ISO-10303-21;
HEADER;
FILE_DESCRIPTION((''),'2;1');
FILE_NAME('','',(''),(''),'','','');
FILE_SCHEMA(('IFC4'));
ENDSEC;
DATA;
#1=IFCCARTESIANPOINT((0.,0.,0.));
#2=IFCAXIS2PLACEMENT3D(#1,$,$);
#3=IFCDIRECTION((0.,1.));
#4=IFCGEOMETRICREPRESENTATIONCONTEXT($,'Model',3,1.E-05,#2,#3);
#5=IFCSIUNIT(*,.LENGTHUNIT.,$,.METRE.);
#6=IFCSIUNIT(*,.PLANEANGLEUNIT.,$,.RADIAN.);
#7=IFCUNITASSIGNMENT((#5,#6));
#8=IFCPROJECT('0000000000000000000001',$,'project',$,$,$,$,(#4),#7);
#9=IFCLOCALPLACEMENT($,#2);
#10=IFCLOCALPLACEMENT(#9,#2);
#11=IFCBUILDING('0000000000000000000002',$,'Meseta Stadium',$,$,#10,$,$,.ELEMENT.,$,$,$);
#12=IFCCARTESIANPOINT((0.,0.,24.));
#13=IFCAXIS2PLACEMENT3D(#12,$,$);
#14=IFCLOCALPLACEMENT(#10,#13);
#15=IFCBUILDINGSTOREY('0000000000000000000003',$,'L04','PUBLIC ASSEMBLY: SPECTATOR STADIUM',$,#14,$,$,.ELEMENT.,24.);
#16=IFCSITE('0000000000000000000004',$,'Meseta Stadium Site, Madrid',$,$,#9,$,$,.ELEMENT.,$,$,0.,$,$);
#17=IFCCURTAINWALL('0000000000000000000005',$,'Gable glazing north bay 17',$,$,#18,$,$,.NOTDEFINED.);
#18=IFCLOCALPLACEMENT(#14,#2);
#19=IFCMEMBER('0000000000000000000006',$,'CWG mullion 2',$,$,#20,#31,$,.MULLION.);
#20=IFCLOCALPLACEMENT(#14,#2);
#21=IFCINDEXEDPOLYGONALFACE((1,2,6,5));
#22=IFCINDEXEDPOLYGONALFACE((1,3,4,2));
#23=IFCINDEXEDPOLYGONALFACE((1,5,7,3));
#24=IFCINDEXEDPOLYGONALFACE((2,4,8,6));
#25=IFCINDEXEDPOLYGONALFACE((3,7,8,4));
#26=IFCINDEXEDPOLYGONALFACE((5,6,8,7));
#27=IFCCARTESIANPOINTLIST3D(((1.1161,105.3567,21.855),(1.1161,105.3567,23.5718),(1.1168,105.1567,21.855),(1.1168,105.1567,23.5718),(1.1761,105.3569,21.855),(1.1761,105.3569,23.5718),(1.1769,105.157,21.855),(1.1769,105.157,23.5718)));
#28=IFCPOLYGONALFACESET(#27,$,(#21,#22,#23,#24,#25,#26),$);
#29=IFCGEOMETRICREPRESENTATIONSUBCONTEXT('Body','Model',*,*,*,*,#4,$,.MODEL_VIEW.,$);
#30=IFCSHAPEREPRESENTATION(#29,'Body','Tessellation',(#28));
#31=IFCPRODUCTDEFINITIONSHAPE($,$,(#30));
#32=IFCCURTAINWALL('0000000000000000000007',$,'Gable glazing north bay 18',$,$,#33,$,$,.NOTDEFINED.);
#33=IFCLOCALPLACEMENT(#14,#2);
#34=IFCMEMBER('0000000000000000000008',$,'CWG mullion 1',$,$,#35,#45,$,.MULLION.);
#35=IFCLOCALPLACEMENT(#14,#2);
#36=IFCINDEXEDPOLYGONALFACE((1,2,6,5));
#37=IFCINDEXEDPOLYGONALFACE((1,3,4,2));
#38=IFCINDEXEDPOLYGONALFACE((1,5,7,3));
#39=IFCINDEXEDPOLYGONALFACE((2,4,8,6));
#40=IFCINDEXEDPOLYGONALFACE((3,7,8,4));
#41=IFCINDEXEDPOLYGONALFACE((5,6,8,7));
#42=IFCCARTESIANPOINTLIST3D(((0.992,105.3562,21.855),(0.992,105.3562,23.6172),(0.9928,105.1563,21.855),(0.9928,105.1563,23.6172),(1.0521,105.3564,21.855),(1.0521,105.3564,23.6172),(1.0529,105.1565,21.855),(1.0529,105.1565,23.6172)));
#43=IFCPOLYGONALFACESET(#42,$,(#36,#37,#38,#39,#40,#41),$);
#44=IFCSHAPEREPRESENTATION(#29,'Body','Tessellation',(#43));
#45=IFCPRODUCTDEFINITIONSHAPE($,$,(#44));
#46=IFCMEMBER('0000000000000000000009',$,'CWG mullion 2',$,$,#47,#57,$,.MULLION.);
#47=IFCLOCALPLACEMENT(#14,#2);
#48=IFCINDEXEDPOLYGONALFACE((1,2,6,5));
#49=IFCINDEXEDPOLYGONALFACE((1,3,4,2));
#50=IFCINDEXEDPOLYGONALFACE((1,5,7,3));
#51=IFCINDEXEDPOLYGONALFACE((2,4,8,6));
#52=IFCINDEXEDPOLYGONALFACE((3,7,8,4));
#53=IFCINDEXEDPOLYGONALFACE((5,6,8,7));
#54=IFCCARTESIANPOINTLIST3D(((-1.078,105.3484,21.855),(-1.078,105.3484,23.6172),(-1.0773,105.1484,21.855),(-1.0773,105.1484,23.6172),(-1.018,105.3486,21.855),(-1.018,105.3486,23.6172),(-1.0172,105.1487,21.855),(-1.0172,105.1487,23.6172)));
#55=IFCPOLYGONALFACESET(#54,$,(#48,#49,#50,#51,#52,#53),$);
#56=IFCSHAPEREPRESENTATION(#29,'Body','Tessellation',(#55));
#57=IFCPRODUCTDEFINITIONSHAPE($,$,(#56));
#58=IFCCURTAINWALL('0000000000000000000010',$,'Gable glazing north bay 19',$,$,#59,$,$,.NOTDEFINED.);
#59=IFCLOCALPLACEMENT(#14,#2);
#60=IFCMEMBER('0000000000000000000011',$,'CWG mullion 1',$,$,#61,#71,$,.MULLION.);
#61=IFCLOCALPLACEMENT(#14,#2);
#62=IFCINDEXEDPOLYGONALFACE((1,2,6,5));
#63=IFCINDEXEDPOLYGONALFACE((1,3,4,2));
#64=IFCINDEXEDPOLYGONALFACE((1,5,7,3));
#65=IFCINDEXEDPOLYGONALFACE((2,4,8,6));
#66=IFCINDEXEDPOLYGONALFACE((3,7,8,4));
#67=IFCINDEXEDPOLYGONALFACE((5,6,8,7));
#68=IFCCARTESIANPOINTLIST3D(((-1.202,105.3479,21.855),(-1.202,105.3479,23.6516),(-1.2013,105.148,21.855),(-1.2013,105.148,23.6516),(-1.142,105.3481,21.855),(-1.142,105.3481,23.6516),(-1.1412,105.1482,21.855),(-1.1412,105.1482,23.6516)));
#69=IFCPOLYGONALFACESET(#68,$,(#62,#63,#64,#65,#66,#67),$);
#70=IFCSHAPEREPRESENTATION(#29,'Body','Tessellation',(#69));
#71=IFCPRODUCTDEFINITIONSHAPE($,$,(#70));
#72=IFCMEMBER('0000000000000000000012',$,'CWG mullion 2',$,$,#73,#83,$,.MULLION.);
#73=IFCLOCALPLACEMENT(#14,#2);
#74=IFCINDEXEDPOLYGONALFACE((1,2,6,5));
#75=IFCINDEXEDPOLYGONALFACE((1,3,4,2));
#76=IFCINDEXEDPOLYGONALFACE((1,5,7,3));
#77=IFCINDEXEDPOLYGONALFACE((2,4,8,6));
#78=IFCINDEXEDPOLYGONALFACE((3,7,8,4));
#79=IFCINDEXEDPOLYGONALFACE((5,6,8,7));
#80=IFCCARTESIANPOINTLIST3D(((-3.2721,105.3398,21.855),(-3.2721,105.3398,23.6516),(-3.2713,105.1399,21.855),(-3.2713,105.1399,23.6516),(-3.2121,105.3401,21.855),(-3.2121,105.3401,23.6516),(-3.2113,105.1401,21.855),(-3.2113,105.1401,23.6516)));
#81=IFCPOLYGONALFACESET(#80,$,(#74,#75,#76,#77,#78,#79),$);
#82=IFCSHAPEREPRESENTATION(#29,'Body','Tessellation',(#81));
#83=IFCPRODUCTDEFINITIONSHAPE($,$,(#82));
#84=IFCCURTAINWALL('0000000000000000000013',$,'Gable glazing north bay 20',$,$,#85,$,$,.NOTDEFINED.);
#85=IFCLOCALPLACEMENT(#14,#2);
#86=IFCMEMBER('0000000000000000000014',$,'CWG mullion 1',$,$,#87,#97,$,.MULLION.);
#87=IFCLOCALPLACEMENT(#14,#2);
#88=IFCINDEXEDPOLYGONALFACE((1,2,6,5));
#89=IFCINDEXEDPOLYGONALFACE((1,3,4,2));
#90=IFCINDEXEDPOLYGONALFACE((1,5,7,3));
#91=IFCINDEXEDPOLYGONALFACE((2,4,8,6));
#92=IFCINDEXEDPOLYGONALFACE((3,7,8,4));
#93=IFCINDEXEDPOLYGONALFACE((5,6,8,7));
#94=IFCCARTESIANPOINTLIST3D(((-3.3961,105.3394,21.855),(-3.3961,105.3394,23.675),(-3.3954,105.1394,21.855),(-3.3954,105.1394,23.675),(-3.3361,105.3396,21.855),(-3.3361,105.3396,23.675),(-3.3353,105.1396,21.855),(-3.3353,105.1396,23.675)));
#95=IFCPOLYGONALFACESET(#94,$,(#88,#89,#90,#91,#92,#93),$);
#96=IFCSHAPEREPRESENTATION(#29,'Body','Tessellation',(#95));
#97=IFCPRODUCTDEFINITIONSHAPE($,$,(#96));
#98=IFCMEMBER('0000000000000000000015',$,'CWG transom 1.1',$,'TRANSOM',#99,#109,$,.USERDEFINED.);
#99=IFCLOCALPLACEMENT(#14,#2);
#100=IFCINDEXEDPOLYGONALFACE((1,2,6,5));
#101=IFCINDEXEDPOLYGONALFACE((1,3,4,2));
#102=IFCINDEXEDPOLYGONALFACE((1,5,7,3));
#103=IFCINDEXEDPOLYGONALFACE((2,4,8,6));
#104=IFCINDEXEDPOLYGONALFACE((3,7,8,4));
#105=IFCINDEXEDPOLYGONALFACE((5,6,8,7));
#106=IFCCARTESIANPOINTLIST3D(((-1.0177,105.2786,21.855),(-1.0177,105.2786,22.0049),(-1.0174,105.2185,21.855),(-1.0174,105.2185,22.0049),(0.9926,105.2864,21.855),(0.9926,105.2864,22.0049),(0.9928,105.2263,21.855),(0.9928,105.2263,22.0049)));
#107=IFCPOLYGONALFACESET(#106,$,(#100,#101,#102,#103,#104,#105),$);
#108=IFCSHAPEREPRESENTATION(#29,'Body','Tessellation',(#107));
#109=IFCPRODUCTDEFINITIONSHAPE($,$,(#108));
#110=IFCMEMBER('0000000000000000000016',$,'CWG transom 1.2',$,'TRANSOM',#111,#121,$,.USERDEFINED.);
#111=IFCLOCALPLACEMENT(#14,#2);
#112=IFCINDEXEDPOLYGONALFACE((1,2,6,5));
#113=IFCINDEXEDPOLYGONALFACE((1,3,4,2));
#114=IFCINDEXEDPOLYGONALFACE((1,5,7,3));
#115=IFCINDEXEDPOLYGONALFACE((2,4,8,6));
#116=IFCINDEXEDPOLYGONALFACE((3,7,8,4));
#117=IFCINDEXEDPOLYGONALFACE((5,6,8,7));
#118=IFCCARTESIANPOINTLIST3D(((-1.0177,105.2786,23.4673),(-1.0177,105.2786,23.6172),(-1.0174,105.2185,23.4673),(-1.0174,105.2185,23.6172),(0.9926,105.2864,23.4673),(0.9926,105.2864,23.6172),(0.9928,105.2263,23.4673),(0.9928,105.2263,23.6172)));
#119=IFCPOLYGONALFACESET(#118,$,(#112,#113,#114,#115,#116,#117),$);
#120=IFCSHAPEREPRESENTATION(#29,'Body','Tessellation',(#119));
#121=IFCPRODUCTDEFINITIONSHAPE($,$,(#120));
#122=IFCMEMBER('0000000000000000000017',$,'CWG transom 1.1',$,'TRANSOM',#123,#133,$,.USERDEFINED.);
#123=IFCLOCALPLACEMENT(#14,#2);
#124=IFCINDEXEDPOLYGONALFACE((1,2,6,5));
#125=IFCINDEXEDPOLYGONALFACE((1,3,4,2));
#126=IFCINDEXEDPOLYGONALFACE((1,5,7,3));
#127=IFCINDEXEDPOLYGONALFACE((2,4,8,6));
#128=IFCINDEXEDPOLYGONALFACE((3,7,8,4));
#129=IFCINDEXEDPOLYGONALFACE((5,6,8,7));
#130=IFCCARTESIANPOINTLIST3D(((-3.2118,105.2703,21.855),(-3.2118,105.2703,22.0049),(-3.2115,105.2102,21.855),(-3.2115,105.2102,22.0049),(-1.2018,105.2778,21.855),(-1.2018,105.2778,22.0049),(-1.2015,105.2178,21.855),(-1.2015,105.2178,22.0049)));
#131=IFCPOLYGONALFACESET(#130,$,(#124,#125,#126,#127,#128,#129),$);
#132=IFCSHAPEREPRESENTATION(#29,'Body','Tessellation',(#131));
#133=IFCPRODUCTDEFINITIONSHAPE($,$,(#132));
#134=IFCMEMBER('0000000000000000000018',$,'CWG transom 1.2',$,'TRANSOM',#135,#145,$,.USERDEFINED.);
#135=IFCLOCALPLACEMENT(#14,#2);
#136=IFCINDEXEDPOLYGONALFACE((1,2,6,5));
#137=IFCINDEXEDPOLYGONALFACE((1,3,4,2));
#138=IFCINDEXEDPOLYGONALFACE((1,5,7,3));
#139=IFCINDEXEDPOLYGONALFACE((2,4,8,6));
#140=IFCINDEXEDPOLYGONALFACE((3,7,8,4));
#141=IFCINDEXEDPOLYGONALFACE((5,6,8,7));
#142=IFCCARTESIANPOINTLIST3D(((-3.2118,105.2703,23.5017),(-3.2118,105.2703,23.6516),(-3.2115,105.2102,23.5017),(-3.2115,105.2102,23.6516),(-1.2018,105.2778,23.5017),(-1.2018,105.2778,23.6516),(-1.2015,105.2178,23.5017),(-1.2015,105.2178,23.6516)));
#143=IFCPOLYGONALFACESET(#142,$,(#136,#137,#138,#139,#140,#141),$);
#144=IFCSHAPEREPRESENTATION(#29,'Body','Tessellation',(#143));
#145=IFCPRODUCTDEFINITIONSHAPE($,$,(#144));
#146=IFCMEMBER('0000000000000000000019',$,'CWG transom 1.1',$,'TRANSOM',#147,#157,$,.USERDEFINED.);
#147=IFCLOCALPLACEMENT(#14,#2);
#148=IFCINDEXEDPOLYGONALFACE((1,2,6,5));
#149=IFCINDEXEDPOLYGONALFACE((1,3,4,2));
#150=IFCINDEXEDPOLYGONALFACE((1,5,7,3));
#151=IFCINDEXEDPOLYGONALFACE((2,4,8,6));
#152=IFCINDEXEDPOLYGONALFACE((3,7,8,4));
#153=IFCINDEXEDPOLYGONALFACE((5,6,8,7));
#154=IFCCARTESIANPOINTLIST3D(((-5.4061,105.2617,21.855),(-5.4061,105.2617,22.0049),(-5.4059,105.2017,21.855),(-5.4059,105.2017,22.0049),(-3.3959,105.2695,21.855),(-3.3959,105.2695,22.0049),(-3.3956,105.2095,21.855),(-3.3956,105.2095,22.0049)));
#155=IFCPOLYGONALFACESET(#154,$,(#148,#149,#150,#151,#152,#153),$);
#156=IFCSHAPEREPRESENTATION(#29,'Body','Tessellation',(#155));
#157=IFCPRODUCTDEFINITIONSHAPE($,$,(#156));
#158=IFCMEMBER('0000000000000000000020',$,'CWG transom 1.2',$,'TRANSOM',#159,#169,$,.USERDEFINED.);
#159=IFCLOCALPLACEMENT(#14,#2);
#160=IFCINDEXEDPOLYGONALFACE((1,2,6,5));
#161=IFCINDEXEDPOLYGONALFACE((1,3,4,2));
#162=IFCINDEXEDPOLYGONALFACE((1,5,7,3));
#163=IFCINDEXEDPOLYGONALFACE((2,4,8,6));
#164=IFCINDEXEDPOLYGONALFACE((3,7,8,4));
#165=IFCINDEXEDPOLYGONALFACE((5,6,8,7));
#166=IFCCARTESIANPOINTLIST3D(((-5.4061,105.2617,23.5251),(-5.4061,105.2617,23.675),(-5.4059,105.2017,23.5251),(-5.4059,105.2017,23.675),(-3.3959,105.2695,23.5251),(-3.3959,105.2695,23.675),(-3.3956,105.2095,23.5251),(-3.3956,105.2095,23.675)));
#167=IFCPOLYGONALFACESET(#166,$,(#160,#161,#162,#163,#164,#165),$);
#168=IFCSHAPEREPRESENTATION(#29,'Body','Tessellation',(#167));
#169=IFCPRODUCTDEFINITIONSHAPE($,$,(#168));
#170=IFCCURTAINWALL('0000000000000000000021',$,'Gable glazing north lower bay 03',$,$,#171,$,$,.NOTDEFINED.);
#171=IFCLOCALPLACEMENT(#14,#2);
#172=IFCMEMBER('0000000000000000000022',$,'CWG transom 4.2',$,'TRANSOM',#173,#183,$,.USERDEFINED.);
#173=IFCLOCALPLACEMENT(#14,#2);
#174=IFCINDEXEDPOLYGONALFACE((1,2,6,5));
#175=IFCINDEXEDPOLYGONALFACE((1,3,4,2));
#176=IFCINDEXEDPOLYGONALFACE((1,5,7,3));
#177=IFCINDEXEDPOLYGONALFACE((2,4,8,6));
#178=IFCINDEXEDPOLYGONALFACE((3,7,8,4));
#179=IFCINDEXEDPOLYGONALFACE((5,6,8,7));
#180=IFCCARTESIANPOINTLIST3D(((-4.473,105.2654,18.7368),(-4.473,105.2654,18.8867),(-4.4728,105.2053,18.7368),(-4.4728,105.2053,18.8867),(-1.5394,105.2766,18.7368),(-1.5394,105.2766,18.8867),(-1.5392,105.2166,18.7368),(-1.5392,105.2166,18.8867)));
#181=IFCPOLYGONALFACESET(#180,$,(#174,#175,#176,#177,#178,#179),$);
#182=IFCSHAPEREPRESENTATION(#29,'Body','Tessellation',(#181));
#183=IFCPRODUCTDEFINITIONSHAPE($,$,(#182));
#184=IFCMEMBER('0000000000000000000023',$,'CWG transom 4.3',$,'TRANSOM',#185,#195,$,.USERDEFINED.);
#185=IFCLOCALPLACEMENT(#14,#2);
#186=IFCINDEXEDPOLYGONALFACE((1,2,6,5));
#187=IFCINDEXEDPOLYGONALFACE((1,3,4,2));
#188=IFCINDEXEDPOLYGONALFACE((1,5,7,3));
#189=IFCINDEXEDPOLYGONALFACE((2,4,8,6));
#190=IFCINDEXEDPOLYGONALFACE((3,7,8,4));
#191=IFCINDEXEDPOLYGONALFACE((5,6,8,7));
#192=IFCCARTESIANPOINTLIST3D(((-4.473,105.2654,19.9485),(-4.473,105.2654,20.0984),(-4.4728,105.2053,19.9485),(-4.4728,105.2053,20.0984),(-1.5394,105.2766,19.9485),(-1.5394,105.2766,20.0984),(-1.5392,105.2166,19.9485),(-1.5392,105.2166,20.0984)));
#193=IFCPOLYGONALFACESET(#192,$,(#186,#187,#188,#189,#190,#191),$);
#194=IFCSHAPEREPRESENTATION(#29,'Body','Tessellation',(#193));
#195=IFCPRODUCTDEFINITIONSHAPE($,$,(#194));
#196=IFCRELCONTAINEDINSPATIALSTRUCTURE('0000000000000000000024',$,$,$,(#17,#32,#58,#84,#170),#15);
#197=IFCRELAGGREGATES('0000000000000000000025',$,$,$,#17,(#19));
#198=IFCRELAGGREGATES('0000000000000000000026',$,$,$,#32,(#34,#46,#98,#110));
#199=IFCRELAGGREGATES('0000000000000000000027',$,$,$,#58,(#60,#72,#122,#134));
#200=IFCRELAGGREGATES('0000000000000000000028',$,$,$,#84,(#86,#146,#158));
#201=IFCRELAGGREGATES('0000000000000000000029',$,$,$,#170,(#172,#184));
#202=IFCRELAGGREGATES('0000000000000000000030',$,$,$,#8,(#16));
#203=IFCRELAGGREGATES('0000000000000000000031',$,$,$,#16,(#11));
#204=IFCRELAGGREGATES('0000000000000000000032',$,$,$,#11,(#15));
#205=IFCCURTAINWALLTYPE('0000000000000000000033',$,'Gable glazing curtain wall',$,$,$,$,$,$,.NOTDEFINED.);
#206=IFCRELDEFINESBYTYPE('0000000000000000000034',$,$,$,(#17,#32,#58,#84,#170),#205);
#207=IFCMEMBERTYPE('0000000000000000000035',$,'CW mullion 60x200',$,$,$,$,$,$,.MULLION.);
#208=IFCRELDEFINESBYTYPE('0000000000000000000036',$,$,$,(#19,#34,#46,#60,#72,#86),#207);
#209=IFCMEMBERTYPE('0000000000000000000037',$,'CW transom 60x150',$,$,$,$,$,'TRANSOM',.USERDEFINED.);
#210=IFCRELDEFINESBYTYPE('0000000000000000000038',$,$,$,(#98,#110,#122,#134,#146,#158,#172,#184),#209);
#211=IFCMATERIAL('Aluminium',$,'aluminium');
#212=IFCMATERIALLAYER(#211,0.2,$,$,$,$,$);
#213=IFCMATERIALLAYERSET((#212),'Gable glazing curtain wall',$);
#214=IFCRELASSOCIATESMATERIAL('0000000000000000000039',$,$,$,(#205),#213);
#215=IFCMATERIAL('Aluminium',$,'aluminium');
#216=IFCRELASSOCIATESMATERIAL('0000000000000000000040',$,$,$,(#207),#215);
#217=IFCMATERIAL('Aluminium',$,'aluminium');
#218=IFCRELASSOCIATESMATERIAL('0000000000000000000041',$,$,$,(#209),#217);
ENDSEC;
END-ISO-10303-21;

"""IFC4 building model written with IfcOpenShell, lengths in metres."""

from ifc_helpers import new_model, si_unit, direction, frame, origin, origin_2d, place, context, subcontext, project, spatial, rectangle, extrude, material, layer, layer_set, material_profile, profile_set, type_object, element, aggregate, save


model = new_model("IFC4")

# Units and contexts
model_context = context("Model", 3, precision=1e-05, world=origin(), true_north=direction((0.0, 1.0)))
body_context = subcontext(model_context, "Body", "Model", "MODEL_VIEW")
ifc_project = project(units=[si_unit("LENGTHUNIT", "METRE"), si_unit("PLANEANGLEUNIT", "RADIAN")], contexts=[model_context])

# Site, building, storey
site_placement = place(None, origin())
site = spatial("IfcSite", under=ifc_project, at=site_placement, Name="Meseta Stadium Site, Madrid", CompositionType="ELEMENT", RefElevation=0.0)
building_placement = place(site_placement, origin())
building = spatial("IfcBuilding", under=site, at=building_placement, Name="Meseta Stadium", CompositionType="ELEMENT")
storey_placement = place(building_placement, frame((0.0, 0.0, 24.0)))
storey = spatial("IfcBuildingStorey", under=building, at=storey_placement, Name="L04", Description="PUBLIC ASSEMBLY: SPECTATOR STADIUM", CompositionType="ELEMENT", Elevation=24.0)

# Curtain wall, member
ifc_material_1 = material(Name="Aluminium", Category="aluminium")
ifc_layer_1 = layer(ifc_material_1, 0.2)
ifc_layer_set_1 = layer_set([ifc_layer_1], Name="Gable glazing curtain wall")
curtain_wall_type = type_object("IfcCurtainWallType", Name="Gable glazing curtain wall", PredefinedType="NOTDEFINED", material=ifc_layer_set_1)
curtain_wall_1_placement = place(storey_placement, origin())
curtain_wall_1 = element("IfcCurtainWall", 1, at=curtain_wall_1_placement, inside=storey, type_object=curtain_wall_type, Name="Gable glazing north bay 17", PredefinedType="NOTDEFINED")
ifc_material_2 = material(Name="Aluminium", Category="aluminium")
ifc_material_profile_1 = material_profile(ifc_material_2, rectangle(XDim=0.2, YDim=0.0601, at=origin_2d()), Name="CW 200x60")
ifc_profile_set_1 = profile_set([ifc_material_profile_1], Name="Aluminium")
member_type_1 = type_object("IfcMemberType", Name="CW mullion 60x200", PredefinedType="MULLION", material=ifc_profile_set_1)
member_1_placement = place(storey_placement, frame((1.1465, 105.2568, 21.855), z_axis=(0.0, 0.0, 1.0), x_axis=(0.003848, -0.999993, 0.0)))
member_1 = element("IfcMember", 2, at=member_1_placement, type_object=member_type_1, Name="CWG mullion 2", PredefinedType="MULLION", context=body_context, shape_type="SweptSolid", body=[
    extrude(rectangle(XDim=0.2, YDim=0.0601, at=origin_2d()), origin(), (0.0, 0.0, 1.0), 1.7168),
])
aggregate(curtain_wall_1, [member_1])

# Curtain walls, members
curtain_wall_2_placement = place(storey_placement, origin())
curtain_wall_2 = element("IfcCurtainWall", 3, at=curtain_wall_2_placement, inside=storey, type_object=curtain_wall_type, Name="Gable glazing north bay 18", PredefinedType="NOTDEFINED")
member_2_placement = place(storey_placement, frame((1.0225, 105.2563, 21.855), z_axis=(0.0, 0.0, 1.0), x_axis=(0.003848, -0.999993, 0.0)))
member_2 = element("IfcMember", 4, at=member_2_placement, type_object=member_type_1, Name="CWG mullion 1", PredefinedType="MULLION", context=body_context, shape_type="SweptSolid", body=[
    extrude(rectangle(XDim=0.2, YDim=0.0601, at=origin_2d()), origin(), (0.0, 0.0, 1.0), 1.7622),
])
member_3_placement = place(storey_placement, frame((-1.0476, 105.2485, 21.855), z_axis=(0.0, 0.0, 1.0), x_axis=(0.003848, -0.999993, 0.0)))
member_3 = element("IfcMember", 5, at=member_3_placement, type_object=member_type_1, Name="CWG mullion 2", PredefinedType="MULLION", context=body_context, shape_type="SweptSolid", body=[
    extrude(rectangle(XDim=0.2, YDim=0.0601, at=origin_2d()), origin(), (0.0, 0.0, 1.0), 1.7622),
])
curtain_wall_3_placement = place(storey_placement, origin())
curtain_wall_3 = element("IfcCurtainWall", 6, at=curtain_wall_3_placement, inside=storey, type_object=curtain_wall_type, Name="Gable glazing north bay 19", PredefinedType="NOTDEFINED")
member_4_placement = place(storey_placement, frame((-1.1716, 105.248, 21.855), z_axis=(0.0, 0.0, 1.0), x_axis=(0.003848, -0.999993, 0.0)))
member_4 = element("IfcMember", 7, at=member_4_placement, type_object=member_type_1, Name="CWG mullion 1", PredefinedType="MULLION", context=body_context, shape_type="SweptSolid", body=[
    extrude(rectangle(XDim=0.2, YDim=0.0601, at=origin_2d()), origin(), (0.0, 0.0, 1.0), 1.7966),
])
member_5_placement = place(storey_placement, frame((-3.2417, 105.24, 21.855), z_axis=(0.0, 0.0, 1.0), x_axis=(0.003848, -0.999993, 0.0)))
member_5 = element("IfcMember", 8, at=member_5_placement, type_object=member_type_1, Name="CWG mullion 2", PredefinedType="MULLION", context=body_context, shape_type="SweptSolid", body=[
    extrude(rectangle(XDim=0.2, YDim=0.0601, at=origin_2d()), origin(), (0.0, 0.0, 1.0), 1.7966),
])

# Curtain wall, member
curtain_wall_4_placement = place(storey_placement, origin())
curtain_wall_4 = element("IfcCurtainWall", 9, at=curtain_wall_4_placement, inside=storey, type_object=curtain_wall_type, Name="Gable glazing north bay 20", PredefinedType="NOTDEFINED")
member_6_placement = place(storey_placement, frame((-3.3657, 105.2395, 21.855), z_axis=(0.0, 0.0, 1.0), x_axis=(0.003848, -0.999993, 0.0)))
member_6 = element("IfcMember", 10, at=member_6_placement, type_object=member_type_1, Name="CWG mullion 1", PredefinedType="MULLION", context=body_context, shape_type="SweptSolid", body=[
    extrude(rectangle(XDim=0.2, YDim=0.0601, at=origin_2d()), origin(), (0.0, 0.0, 1.0), 1.8201),
])

# Members
ifc_material_3 = material(Name="Aluminium", Category="aluminium")
ifc_material_profile_2 = material_profile(ifc_material_3, rectangle(XDim=0.0601, YDim=0.1499, at=origin_2d()), Name="CW 60x150")
ifc_profile_set_2 = profile_set([ifc_material_profile_2], Name="Aluminium")
member_type_2 = type_object("IfcMemberType", Name="CW transom 60x150", ElementType="TRANSOM", PredefinedType="USERDEFINED", material=ifc_profile_set_2)
member_7_placement = place(storey_placement, frame((0.9927, 105.2563, 21.9299), z_axis=(-0.999992, -0.003886, 0.0), x_axis=(0.003886, -0.999992, 0.0)))
member_7 = element("IfcMember", 11, at=member_7_placement, type_object=member_type_2, Name="CWG transom 1.1", ObjectType="TRANSOM", PredefinedType="USERDEFINED", context=body_context, shape_type="SweptSolid", body=[
    extrude(rectangle(XDim=0.0601, YDim=0.1499, at=origin_2d()), origin(), (0.0, 0.0, 1.0), 2.0103),
])
member_8_placement = place(storey_placement, frame((0.9927, 105.2563, 23.5422), z_axis=(-0.999992, -0.003886, 0.0), x_axis=(0.003886, -0.999992, 0.0)))
member_8 = element("IfcMember", 12, at=member_8_placement, type_object=member_type_2, Name="CWG transom 1.2", ObjectType="TRANSOM", PredefinedType="USERDEFINED", context=body_context, shape_type="SweptSolid", body=[
    extrude(rectangle(XDim=0.0601, YDim=0.1499, at=origin_2d()), origin(), (0.0, 0.0, 1.0), 2.0103),
])
member_9_placement = place(storey_placement, frame((-1.2017, 105.2478, 21.9299), z_axis=(-0.999993, -0.003765, 0.0), x_axis=(0.003765, -0.999993, 0.0)))
member_9 = element("IfcMember", 13, at=member_9_placement, type_object=member_type_2, Name="CWG transom 1.1", ObjectType="TRANSOM", PredefinedType="USERDEFINED", context=body_context, shape_type="SweptSolid", body=[
    extrude(rectangle(XDim=0.0601, YDim=0.1499, at=origin_2d()), origin(), (0.0, 0.0, 1.0), 2.01),
])
member_10_placement = place(storey_placement, frame((-1.2017, 105.2478, 23.5767), z_axis=(-0.999993, -0.003765, 0.0), x_axis=(0.003765, -0.999993, 0.0)))
member_10 = element("IfcMember", 14, at=member_10_placement, type_object=member_type_2, Name="CWG transom 1.2", ObjectType="TRANSOM", PredefinedType="USERDEFINED", context=body_context, shape_type="SweptSolid", body=[
    extrude(rectangle(XDim=0.0601, YDim=0.1499, at=origin_2d()), origin(), (0.0, 0.0, 1.0), 2.01),
])
member_11_placement = place(storey_placement, frame((-3.3958, 105.2395, 21.9299), z_axis=(-0.999992, -0.003886, 0.0), x_axis=(0.003886, -0.999992, 0.0)))
member_11 = element("IfcMember", 15, at=member_11_placement, type_object=member_type_2, Name="CWG transom 1.1", ObjectType="TRANSOM", PredefinedType="USERDEFINED", context=body_context, shape_type="SweptSolid", body=[
    extrude(rectangle(XDim=0.0601, YDim=0.1499, at=origin_2d()), origin(), (0.0, 0.0, 1.0), 2.0103),
])
member_12_placement = place(storey_placement, frame((-3.3958, 105.2395, 23.6001), z_axis=(-0.999992, -0.003886, 0.0), x_axis=(0.003886, -0.999992, 0.0)))
member_12 = element("IfcMember", 16, at=member_12_placement, type_object=member_type_2, Name="CWG transom 1.2", ObjectType="TRANSOM", PredefinedType="USERDEFINED", context=body_context, shape_type="SweptSolid", body=[
    extrude(rectangle(XDim=0.0601, YDim=0.1499, at=origin_2d()), origin(), (0.0, 0.0, 1.0), 2.0103),
])

# Curtain wall, members
curtain_wall_5_placement = place(storey_placement, origin())
curtain_wall_5 = element("IfcCurtainWall", 17, at=curtain_wall_5_placement, inside=storey, type_object=curtain_wall_type, Name="Gable glazing north lower bay 03", PredefinedType="NOTDEFINED")
member_13_placement = place(storey_placement, frame((-1.5393, 105.2466, 18.8118), z_axis=(-0.999993, -0.003828, 0.0), x_axis=(0.003828, -0.999993, 0.0)))
member_13 = element("IfcMember", 18, at=member_13_placement, type_object=member_type_2, Name="CWG transom 4.2", ObjectType="TRANSOM", PredefinedType="USERDEFINED", context=body_context, shape_type="SweptSolid", body=[
    extrude(rectangle(XDim=0.0601, YDim=0.1499, at=origin_2d()), origin(), (0.0, 0.0, 1.0), 2.9336),
])
member_14_placement = place(storey_placement, frame((-1.5393, 105.2466, 20.0234), z_axis=(-0.999993, -0.003828, 0.0), x_axis=(0.003828, -0.999993, 0.0)))
member_14 = element("IfcMember", 19, at=member_14_placement, type_object=member_type_2, Name="CWG transom 4.3", ObjectType="TRANSOM", PredefinedType="USERDEFINED", context=body_context, shape_type="SweptSolid", body=[
    extrude(rectangle(XDim=0.0601, YDim=0.1499, at=origin_2d()), origin(), (0.0, 0.0, 1.0), 2.9336),
])

aggregate(curtain_wall_2, [member_2, member_3, member_7, member_8])
aggregate(curtain_wall_3, [member_4, member_5, member_9, member_10])
aggregate(curtain_wall_4, [member_6, member_11, member_12])
aggregate(curtain_wall_5, [member_13, member_14])

save(model, "model.ifc")
